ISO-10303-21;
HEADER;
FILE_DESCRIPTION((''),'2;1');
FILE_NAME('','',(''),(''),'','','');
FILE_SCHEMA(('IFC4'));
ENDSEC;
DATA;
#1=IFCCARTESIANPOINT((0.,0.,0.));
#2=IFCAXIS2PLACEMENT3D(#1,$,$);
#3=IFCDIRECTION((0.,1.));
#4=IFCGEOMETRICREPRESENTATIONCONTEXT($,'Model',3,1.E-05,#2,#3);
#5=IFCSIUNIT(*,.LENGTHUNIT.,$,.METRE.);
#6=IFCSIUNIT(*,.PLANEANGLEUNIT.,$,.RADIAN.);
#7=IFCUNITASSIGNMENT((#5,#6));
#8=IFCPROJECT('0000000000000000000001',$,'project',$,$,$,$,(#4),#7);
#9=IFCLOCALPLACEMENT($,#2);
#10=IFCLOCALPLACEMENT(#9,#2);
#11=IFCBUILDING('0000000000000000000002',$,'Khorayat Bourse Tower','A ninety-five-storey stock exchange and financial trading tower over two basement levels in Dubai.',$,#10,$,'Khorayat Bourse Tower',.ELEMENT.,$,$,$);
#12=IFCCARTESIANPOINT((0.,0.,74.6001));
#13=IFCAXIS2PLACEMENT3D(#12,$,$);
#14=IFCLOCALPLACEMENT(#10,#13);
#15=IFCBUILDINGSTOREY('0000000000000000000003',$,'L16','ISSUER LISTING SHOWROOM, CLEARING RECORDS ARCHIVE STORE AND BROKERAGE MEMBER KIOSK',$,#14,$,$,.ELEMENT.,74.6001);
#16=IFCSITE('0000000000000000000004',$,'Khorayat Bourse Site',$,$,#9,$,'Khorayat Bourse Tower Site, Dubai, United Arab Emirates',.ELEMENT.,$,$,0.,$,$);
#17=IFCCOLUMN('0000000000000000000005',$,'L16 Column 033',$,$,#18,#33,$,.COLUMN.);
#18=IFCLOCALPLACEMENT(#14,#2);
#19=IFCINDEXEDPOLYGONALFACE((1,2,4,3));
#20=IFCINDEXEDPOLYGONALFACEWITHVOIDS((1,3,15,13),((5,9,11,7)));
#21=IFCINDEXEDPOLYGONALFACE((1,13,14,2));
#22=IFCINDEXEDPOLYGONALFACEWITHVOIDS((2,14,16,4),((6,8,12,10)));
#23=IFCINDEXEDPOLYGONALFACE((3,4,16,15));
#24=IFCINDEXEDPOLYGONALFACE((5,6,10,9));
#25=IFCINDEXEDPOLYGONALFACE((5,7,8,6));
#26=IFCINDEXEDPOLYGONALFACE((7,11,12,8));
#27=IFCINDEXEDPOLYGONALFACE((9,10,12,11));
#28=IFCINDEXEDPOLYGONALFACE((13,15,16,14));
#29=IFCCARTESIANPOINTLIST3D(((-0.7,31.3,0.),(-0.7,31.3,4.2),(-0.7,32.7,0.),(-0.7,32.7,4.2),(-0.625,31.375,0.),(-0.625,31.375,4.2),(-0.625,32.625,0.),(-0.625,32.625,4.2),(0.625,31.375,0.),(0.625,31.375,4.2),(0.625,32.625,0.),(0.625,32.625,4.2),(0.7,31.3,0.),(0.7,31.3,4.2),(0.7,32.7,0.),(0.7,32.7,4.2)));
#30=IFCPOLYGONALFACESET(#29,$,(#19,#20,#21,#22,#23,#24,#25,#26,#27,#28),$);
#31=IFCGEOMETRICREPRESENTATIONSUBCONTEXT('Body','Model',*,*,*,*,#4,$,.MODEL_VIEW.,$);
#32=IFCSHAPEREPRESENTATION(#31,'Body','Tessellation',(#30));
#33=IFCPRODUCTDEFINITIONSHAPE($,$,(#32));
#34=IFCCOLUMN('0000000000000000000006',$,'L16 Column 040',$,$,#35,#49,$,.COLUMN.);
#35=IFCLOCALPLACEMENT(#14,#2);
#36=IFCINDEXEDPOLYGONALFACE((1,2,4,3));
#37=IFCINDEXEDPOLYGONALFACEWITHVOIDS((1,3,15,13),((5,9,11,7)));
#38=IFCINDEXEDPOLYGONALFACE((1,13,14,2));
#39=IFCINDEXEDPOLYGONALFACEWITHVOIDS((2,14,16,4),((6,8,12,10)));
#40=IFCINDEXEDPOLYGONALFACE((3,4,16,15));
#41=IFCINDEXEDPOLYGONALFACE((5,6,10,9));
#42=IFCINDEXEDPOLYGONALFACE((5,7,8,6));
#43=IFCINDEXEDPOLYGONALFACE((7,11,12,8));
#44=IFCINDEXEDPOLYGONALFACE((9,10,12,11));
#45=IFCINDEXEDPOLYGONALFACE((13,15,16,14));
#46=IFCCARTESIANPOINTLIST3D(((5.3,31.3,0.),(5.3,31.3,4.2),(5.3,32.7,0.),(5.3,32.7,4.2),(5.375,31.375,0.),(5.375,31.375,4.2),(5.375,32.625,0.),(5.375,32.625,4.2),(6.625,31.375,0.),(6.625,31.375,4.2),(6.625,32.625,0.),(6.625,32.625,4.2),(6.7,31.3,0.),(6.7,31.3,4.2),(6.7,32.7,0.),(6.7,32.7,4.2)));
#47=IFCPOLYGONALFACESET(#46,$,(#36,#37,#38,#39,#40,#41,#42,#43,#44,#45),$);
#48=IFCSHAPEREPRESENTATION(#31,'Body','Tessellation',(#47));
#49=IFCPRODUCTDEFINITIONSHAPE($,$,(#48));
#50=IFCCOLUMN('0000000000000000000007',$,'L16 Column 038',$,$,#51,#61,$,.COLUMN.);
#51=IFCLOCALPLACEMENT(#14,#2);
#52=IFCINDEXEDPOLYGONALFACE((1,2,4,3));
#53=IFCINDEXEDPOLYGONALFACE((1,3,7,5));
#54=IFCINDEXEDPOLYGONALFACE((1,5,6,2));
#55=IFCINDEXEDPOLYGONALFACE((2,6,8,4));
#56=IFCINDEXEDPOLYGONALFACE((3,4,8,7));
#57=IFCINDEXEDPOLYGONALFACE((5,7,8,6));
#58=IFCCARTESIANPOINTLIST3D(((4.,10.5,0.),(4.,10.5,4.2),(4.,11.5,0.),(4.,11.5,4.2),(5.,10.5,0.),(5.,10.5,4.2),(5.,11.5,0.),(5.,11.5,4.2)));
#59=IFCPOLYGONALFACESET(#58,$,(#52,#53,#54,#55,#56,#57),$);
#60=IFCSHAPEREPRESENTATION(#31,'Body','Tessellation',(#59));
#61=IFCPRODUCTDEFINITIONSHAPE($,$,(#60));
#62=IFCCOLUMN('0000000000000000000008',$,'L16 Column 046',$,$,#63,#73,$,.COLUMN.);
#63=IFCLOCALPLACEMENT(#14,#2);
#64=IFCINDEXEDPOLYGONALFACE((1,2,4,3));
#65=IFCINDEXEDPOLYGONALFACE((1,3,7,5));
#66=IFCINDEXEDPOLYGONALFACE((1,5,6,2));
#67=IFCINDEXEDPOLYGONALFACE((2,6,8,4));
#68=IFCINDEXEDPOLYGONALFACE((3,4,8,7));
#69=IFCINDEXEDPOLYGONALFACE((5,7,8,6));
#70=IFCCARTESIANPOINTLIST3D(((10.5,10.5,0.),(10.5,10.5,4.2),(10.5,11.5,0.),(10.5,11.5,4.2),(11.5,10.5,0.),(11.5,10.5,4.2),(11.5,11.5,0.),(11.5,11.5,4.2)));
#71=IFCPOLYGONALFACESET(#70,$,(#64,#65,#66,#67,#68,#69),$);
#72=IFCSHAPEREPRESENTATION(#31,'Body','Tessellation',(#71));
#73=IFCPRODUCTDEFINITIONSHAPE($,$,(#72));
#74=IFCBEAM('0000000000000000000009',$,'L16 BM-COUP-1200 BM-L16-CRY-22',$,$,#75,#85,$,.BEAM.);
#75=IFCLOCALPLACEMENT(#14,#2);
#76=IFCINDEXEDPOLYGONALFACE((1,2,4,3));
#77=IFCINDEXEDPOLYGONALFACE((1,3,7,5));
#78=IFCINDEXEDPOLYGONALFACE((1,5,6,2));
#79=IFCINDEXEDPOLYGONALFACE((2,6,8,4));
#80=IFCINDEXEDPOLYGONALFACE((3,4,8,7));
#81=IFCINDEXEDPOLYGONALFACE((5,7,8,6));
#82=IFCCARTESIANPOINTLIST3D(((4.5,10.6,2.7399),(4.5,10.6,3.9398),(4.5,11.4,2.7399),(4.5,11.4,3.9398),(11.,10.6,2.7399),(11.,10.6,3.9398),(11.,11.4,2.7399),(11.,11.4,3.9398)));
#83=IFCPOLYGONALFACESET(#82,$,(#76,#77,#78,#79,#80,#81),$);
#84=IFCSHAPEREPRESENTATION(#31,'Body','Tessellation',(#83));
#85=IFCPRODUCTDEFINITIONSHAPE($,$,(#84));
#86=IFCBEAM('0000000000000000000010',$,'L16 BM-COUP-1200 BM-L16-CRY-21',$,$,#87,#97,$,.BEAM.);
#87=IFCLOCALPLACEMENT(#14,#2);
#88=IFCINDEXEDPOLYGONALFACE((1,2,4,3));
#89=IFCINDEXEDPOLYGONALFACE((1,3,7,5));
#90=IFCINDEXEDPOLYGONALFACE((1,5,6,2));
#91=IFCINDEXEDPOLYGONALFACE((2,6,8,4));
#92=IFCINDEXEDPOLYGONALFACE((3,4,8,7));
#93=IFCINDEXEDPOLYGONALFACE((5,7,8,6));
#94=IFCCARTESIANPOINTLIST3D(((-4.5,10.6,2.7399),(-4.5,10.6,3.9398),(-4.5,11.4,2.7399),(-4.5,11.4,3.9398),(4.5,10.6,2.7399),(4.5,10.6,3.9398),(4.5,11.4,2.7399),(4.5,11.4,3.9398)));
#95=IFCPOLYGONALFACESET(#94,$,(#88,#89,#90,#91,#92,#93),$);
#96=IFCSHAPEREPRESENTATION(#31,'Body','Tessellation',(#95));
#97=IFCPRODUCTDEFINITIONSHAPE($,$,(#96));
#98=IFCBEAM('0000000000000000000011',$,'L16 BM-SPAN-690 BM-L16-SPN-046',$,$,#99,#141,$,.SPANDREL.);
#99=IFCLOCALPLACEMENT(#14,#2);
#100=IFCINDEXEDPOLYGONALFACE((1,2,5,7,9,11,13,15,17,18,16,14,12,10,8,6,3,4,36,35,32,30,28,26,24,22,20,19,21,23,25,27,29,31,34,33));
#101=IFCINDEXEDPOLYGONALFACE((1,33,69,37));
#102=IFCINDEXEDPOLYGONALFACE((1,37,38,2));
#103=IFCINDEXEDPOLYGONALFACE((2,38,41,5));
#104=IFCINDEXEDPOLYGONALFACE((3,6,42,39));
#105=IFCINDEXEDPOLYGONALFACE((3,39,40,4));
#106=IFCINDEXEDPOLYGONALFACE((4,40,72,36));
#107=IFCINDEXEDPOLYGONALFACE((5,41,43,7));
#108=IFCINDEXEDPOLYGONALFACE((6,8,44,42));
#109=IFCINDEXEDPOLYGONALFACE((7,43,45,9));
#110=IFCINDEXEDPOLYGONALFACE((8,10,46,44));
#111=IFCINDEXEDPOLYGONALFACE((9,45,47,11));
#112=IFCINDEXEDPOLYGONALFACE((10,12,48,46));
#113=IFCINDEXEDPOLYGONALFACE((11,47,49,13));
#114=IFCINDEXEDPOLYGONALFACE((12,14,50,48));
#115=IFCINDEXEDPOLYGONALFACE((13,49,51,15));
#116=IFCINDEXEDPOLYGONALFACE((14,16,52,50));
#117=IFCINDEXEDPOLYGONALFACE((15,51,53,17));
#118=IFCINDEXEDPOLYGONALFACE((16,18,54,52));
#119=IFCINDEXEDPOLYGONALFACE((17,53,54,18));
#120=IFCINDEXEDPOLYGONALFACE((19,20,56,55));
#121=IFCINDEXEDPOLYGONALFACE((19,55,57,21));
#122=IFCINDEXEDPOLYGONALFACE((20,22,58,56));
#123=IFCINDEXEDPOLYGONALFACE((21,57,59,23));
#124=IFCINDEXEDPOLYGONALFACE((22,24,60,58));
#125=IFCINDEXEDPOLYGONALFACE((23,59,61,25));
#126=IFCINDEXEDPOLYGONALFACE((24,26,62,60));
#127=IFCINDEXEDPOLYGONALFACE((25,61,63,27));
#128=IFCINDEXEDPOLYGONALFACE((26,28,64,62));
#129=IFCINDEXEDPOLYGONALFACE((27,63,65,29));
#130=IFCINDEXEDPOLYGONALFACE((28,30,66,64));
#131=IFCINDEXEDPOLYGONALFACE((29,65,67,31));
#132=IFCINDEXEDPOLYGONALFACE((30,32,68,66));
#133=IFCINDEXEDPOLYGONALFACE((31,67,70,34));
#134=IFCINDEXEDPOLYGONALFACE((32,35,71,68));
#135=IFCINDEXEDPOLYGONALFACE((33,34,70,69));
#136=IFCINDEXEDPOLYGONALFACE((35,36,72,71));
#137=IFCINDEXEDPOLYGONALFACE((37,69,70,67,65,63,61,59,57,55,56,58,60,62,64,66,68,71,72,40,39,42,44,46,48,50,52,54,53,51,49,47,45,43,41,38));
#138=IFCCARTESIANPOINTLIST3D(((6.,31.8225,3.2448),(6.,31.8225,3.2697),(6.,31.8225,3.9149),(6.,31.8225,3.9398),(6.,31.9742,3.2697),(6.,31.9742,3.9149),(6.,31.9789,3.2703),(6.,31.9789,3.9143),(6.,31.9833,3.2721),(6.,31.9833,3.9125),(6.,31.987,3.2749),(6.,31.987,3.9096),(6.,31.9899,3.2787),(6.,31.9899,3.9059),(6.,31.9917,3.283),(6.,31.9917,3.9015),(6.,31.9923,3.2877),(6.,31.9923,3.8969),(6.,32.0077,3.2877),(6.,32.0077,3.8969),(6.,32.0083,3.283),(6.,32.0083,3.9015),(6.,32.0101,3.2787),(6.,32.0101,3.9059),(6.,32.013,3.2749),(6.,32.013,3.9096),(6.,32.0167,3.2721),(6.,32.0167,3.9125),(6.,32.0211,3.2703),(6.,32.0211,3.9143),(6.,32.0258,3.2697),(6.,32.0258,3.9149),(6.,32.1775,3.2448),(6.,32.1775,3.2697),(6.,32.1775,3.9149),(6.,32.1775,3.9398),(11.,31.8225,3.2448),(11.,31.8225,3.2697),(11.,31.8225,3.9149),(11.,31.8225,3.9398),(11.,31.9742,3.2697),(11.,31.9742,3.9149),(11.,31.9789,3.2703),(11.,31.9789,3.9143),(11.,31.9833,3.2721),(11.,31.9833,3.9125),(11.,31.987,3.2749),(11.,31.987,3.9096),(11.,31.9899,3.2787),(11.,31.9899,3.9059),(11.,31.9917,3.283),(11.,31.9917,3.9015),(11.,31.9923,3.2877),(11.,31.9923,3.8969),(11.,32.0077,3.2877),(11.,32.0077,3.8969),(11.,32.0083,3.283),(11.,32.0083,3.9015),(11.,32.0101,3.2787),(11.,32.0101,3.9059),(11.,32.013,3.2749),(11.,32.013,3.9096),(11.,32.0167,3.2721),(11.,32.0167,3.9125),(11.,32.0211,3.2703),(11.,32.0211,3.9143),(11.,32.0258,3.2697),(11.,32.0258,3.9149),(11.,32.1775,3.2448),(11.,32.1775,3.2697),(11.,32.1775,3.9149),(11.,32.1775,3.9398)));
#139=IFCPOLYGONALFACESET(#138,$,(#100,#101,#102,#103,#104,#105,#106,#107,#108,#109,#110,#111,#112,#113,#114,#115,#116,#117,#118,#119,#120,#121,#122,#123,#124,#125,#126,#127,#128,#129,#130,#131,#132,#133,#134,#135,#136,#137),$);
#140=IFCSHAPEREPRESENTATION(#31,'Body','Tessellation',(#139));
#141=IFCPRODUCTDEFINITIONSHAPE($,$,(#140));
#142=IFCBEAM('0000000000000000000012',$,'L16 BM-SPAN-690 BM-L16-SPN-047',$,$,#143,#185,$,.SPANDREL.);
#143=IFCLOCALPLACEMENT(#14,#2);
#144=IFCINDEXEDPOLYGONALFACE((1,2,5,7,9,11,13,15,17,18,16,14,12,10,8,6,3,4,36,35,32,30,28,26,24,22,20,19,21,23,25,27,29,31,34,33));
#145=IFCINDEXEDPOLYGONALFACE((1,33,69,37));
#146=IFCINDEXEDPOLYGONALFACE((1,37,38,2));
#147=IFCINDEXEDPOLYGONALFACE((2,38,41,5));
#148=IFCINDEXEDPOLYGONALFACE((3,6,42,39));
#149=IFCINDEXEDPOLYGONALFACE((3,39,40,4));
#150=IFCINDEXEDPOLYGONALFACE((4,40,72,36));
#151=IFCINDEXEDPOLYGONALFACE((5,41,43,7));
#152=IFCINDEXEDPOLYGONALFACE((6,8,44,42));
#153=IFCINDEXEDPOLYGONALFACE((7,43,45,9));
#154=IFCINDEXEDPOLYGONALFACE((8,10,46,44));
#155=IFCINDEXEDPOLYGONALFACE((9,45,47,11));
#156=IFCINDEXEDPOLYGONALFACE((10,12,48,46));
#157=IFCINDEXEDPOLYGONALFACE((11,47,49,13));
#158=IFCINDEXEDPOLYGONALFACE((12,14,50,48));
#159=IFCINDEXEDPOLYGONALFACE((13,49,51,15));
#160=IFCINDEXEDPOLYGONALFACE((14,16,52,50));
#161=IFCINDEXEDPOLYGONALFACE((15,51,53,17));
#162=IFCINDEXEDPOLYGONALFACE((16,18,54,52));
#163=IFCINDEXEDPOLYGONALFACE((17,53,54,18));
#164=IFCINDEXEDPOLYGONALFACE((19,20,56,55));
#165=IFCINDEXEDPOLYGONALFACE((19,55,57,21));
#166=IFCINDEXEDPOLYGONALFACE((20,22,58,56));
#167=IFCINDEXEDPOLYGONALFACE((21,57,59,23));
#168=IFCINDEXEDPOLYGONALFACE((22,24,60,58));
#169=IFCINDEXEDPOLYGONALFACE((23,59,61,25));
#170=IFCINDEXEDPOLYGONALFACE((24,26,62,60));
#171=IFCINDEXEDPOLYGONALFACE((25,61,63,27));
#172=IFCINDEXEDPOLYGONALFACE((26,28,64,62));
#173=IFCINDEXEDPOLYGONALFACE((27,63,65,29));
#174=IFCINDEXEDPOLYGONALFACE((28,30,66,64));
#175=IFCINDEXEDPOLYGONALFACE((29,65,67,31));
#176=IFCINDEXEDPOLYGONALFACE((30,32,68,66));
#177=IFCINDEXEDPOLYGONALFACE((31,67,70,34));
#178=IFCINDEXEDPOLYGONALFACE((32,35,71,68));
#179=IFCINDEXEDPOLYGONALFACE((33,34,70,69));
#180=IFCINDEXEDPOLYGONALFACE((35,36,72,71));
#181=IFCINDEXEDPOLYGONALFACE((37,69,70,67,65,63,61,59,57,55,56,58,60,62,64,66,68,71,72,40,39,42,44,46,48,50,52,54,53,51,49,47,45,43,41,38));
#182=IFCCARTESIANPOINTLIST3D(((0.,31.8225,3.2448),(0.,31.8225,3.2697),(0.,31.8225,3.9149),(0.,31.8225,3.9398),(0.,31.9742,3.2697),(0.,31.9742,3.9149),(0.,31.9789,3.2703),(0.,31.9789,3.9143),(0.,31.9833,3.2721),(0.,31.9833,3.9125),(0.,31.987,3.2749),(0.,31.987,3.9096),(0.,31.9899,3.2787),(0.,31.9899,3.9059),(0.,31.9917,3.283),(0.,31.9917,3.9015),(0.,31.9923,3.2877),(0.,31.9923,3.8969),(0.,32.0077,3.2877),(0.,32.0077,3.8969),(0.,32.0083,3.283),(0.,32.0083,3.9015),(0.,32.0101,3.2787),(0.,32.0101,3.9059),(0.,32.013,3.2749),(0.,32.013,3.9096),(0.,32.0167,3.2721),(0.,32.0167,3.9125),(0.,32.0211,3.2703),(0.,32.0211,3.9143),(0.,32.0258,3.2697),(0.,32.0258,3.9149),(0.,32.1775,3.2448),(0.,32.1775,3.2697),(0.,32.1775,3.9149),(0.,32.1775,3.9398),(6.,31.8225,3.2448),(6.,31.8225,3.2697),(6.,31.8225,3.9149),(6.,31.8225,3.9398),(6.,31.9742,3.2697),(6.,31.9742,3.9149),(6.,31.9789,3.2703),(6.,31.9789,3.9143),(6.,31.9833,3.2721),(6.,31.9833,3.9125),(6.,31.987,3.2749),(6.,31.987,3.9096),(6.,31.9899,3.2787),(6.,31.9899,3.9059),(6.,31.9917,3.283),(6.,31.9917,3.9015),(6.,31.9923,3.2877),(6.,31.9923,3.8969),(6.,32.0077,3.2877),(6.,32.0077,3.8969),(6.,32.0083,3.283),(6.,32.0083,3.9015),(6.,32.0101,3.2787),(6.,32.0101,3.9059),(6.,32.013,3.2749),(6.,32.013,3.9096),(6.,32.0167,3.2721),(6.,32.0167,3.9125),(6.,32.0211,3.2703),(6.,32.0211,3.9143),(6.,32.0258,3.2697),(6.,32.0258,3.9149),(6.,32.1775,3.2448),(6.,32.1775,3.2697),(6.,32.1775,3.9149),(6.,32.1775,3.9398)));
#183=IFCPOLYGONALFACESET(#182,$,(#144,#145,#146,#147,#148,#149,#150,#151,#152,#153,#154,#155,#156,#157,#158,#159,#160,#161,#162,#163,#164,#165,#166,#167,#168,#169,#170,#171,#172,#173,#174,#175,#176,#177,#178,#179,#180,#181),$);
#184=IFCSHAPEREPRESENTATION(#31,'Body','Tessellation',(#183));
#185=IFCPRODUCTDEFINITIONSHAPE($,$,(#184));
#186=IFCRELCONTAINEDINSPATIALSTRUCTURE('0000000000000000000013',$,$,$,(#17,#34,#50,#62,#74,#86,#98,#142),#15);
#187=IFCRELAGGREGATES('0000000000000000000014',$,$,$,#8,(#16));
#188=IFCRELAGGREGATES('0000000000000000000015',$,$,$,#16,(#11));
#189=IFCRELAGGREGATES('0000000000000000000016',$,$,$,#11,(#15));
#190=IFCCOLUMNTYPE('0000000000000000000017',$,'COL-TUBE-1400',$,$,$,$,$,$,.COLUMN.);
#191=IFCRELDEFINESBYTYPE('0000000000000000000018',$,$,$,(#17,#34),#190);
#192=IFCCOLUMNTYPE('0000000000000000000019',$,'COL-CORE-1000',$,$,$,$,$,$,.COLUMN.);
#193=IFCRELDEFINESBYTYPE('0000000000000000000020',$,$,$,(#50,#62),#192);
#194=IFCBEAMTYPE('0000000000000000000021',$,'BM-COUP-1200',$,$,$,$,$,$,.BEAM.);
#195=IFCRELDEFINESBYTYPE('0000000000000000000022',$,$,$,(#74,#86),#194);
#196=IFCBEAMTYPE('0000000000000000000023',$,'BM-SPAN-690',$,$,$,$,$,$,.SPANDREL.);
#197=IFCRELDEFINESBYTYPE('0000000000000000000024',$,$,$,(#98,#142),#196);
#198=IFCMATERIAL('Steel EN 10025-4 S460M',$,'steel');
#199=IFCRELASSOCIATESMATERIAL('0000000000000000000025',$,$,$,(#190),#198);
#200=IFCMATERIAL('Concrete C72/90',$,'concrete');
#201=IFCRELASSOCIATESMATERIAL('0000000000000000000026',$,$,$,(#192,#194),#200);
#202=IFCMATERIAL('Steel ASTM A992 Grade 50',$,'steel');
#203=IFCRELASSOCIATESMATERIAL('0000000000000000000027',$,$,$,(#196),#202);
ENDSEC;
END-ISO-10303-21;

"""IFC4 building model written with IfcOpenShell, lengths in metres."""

from ifc_helpers import new_model, si_unit, direction, frame, origin, origin_2d, place, context, subcontext, project, spatial, rectangle, hollow_rectangle, i_section, extrude, source, transform, mapped, material, material_profile, profile_set, type_object, element, save


model = new_model("IFC4")

# Units and contexts
model_context = context("Model", 3, precision=1e-05, world=origin(), true_north=direction((0.0, 1.0)))
body_context = subcontext(model_context, "Body", "Model", "MODEL_VIEW")
ifc_project = project(units=[si_unit("LENGTHUNIT", "METRE"), si_unit("PLANEANGLEUNIT", "RADIAN")], contexts=[model_context])

# Site, building, storey
site_placement = place(None, origin())
site = spatial("IfcSite", under=ifc_project, at=site_placement, Name="Khorayat Bourse Site", LongName="Khorayat Bourse Tower Site, Dubai, United Arab Emirates", CompositionType="ELEMENT", RefElevation=0.0)
building_placement = place(site_placement, origin())
building = spatial("IfcBuilding", under=site, at=building_placement, Name="Khorayat Bourse Tower", Description="A ninety-five-storey stock exchange and financial trading tower over two basement levels in Dubai.", LongName="Khorayat Bourse Tower", CompositionType="ELEMENT")
storey_placement = place(building_placement, frame((0.0, 0.0, 74.6001)))
storey = spatial("IfcBuildingStorey", under=building, at=storey_placement, Name="L16", Description="ISSUER LISTING SHOWROOM, CLEARING RECORDS ARCHIVE STORE AND BROKERAGE MEMBER KIOSK", CompositionType="ELEMENT", Elevation=74.6001)

# Columns
ifc_material_1 = material(Name="Steel EN 10025-4 S460M", Category="steel")
ifc_material_profile_1 = material_profile(ifc_material_1, hollow_rectangle(XDim=1.3999, YDim=1.3999, WallThickness=0.075, at=origin_2d()), Name="BOX 1400x1400x75")
ifc_profile_set_1 = profile_set([ifc_material_profile_1], Name="Steel EN 10025-4 S460M")
column_type_1 = type_object("IfcColumnType", Name="COL-TUBE-1400", PredefinedType="COLUMN", material=ifc_profile_set_1)
shared_shape_1 = source(origin(), body_context, "Body", "SweptSolid", [
    extrude(hollow_rectangle(XDim=1.3999, YDim=1.3999, WallThickness=0.075, at=origin_2d()), origin(), (0.0, 0.0, 1.0), 4.2),
])
for number, where, z_axis, x_axis, name in (
    (1, (0.0, 32.0, 0.0), (0.0, 0.0, 1.0), (1.0, 0.0, 0.0), "L16 Column 033"),
    (2, (6.0, 32.0, 0.0), (0.0, 0.0, 1.0), (1.0, 0.0, 0.0), "L16 Column 040"),
):
    element("IfcColumn", number, at=place(storey_placement, frame(where, z_axis=z_axis, x_axis=x_axis)), inside=storey, type_object=column_type_1, Name=name, PredefinedType="COLUMN", context=body_context, shape_type="MappedRepresentation", body=[
        mapped(shared_shape_1, transform((0.0, 0.0, 0.0), scale=1.0)),
    ])
ifc_material_2 = material(Name="Concrete C72/90", Category="concrete")
ifc_material_profile_2 = material_profile(ifc_material_2, rectangle(XDim=1.0, YDim=1.0, at=origin_2d()), Name="RC 1000x1000")
ifc_profile_set_2 = profile_set([ifc_material_profile_2], Name="Concrete C72/90")
column_type_2 = type_object("IfcColumnType", Name="COL-CORE-1000", PredefinedType="COLUMN", material=ifc_profile_set_2)
shared_shape_2 = source(origin(), body_context, "Body", "SweptSolid", [
    extrude(rectangle(XDim=1.0, YDim=1.0, at=origin_2d()), origin(), (0.0, 0.0, 1.0), 4.2),
])
for number, where, z_axis, x_axis, name in (
    (3, (4.5, 11.0, 0.0), (0.0, 0.0, 1.0), (1.0, 0.0, 0.0), "L16 Column 038"),
    (4, (11.0, 11.0, 0.0), (0.0, 0.0, 1.0), (1.0, 0.0, 0.0), "L16 Column 046"),
):
    element("IfcColumn", number, at=place(storey_placement, frame(where, z_axis=z_axis, x_axis=x_axis)), inside=storey, type_object=column_type_2, Name=name, PredefinedType="COLUMN", context=body_context, shape_type="MappedRepresentation", body=[
        mapped(shared_shape_2, transform((0.0, 0.0, 0.0), scale=1.0)),
    ])

# Beams
ifc_material_profile_3 = material_profile(ifc_material_2, rectangle(XDim=0.8, YDim=1.2, at=origin_2d()), Name="RC 800x1200")
ifc_profile_set_3 = profile_set([ifc_material_profile_3], Name="Concrete C72/90")
beam_type_1 = type_object("IfcBeamType", Name="BM-COUP-1200", PredefinedType="BEAM", material=ifc_profile_set_3)
shared_shape_3 = source(origin(), body_context, "Body", "SweptSolid", [
    extrude(rectangle(XDim=0.8, YDim=1.2, at=origin_2d()), origin(), (0.0, 0.0, 1.0), 6.5),
])
beam_1_placement = place(storey_placement, frame((4.5, 11.0, 3.3398), z_axis=(1.0, 0.0, 0.0), x_axis=(0.0, 1.0, 0.0)))
element("IfcBeam", 5, at=beam_1_placement, inside=storey, type_object=beam_type_1, Name="L16 BM-COUP-1200 BM-L16-CRY-22", PredefinedType="BEAM", context=body_context, shape_type="MappedRepresentation", body=[
    mapped(shared_shape_3, transform((0.0, 0.0, 0.0), scale=1.0)),
])
shared_shape_4 = source(origin(), body_context, "Body", "SweptSolid", [
    extrude(rectangle(XDim=0.8, YDim=1.2, at=origin_2d()), origin(), (0.0, 0.0, 1.0), 9.0),
])
beam_2_placement = place(storey_placement, frame((-4.5, 11.0, 3.3398), z_axis=(1.0, 0.0, 0.0), x_axis=(0.0, 1.0, 0.0)))
element("IfcBeam", 6, at=beam_2_placement, inside=storey, type_object=beam_type_1, Name="L16 BM-COUP-1200 BM-L16-CRY-21", PredefinedType="BEAM", context=body_context, shape_type="MappedRepresentation", body=[
    mapped(shared_shape_4, transform((0.0, 0.0, 0.0), scale=1.0)),
])
ifc_material_3 = material(Name="Steel ASTM A992 Grade 50", Category="steel")
ifc_material_profile_4 = material_profile(ifc_material_3, i_section(OverallWidth=0.355, OverallDepth=0.6951, WebThickness=0.0154, FlangeThickness=0.0249, FilletRadius=0.0181, at=origin_2d()), Name="W690X217")
ifc_profile_set_4 = profile_set([ifc_material_profile_4], Name="Steel ASTM A992 Grade 50")
beam_type_2 = type_object("IfcBeamType", Name="BM-SPAN-690", PredefinedType="SPANDREL", material=ifc_profile_set_4)
shared_shape_5 = source(origin(), body_context, "Body", "SweptSolid", [
    extrude(i_section(OverallWidth=0.355, OverallDepth=0.6951, WebThickness=0.0154, FlangeThickness=0.0249, FilletRadius=0.0181, at=origin_2d()), origin(), (0.0, 0.0, 1.0), 5.0),
])
beam_3_placement = place(storey_placement, frame((6.0, 32.0, 3.5923), z_axis=(1.0, 0.0, 0.0), x_axis=(0.0, 1.0, 0.0)))
element("IfcBeam", 7, at=beam_3_placement, inside=storey, type_object=beam_type_2, Name="L16 BM-SPAN-690 BM-L16-SPN-046", PredefinedType="SPANDREL", context=body_context, shape_type="MappedRepresentation", body=[
    mapped(shared_shape_5, transform((0.0, 0.0, 0.0), scale=1.0)),
])
shared_shape_6 = source(origin(), body_context, "Body", "SweptSolid", [
    extrude(i_section(OverallWidth=0.355, OverallDepth=0.6951, WebThickness=0.0154, FlangeThickness=0.0249, FilletRadius=0.0181, at=origin_2d()), origin(), (0.0, 0.0, 1.0), 6.0),
])
beam_4_placement = place(storey_placement, frame((0.0, 32.0, 3.5923), z_axis=(1.0, 0.0, 0.0), x_axis=(0.0, 1.0, 0.0)))
element("IfcBeam", 8, at=beam_4_placement, inside=storey, type_object=beam_type_2, Name="L16 BM-SPAN-690 BM-L16-SPN-047", PredefinedType="SPANDREL", context=body_context, shape_type="MappedRepresentation", body=[
    mapped(shared_shape_6, transform((0.0, 0.0, 0.0), scale=1.0)),
])

save(model, "model.ifc")
